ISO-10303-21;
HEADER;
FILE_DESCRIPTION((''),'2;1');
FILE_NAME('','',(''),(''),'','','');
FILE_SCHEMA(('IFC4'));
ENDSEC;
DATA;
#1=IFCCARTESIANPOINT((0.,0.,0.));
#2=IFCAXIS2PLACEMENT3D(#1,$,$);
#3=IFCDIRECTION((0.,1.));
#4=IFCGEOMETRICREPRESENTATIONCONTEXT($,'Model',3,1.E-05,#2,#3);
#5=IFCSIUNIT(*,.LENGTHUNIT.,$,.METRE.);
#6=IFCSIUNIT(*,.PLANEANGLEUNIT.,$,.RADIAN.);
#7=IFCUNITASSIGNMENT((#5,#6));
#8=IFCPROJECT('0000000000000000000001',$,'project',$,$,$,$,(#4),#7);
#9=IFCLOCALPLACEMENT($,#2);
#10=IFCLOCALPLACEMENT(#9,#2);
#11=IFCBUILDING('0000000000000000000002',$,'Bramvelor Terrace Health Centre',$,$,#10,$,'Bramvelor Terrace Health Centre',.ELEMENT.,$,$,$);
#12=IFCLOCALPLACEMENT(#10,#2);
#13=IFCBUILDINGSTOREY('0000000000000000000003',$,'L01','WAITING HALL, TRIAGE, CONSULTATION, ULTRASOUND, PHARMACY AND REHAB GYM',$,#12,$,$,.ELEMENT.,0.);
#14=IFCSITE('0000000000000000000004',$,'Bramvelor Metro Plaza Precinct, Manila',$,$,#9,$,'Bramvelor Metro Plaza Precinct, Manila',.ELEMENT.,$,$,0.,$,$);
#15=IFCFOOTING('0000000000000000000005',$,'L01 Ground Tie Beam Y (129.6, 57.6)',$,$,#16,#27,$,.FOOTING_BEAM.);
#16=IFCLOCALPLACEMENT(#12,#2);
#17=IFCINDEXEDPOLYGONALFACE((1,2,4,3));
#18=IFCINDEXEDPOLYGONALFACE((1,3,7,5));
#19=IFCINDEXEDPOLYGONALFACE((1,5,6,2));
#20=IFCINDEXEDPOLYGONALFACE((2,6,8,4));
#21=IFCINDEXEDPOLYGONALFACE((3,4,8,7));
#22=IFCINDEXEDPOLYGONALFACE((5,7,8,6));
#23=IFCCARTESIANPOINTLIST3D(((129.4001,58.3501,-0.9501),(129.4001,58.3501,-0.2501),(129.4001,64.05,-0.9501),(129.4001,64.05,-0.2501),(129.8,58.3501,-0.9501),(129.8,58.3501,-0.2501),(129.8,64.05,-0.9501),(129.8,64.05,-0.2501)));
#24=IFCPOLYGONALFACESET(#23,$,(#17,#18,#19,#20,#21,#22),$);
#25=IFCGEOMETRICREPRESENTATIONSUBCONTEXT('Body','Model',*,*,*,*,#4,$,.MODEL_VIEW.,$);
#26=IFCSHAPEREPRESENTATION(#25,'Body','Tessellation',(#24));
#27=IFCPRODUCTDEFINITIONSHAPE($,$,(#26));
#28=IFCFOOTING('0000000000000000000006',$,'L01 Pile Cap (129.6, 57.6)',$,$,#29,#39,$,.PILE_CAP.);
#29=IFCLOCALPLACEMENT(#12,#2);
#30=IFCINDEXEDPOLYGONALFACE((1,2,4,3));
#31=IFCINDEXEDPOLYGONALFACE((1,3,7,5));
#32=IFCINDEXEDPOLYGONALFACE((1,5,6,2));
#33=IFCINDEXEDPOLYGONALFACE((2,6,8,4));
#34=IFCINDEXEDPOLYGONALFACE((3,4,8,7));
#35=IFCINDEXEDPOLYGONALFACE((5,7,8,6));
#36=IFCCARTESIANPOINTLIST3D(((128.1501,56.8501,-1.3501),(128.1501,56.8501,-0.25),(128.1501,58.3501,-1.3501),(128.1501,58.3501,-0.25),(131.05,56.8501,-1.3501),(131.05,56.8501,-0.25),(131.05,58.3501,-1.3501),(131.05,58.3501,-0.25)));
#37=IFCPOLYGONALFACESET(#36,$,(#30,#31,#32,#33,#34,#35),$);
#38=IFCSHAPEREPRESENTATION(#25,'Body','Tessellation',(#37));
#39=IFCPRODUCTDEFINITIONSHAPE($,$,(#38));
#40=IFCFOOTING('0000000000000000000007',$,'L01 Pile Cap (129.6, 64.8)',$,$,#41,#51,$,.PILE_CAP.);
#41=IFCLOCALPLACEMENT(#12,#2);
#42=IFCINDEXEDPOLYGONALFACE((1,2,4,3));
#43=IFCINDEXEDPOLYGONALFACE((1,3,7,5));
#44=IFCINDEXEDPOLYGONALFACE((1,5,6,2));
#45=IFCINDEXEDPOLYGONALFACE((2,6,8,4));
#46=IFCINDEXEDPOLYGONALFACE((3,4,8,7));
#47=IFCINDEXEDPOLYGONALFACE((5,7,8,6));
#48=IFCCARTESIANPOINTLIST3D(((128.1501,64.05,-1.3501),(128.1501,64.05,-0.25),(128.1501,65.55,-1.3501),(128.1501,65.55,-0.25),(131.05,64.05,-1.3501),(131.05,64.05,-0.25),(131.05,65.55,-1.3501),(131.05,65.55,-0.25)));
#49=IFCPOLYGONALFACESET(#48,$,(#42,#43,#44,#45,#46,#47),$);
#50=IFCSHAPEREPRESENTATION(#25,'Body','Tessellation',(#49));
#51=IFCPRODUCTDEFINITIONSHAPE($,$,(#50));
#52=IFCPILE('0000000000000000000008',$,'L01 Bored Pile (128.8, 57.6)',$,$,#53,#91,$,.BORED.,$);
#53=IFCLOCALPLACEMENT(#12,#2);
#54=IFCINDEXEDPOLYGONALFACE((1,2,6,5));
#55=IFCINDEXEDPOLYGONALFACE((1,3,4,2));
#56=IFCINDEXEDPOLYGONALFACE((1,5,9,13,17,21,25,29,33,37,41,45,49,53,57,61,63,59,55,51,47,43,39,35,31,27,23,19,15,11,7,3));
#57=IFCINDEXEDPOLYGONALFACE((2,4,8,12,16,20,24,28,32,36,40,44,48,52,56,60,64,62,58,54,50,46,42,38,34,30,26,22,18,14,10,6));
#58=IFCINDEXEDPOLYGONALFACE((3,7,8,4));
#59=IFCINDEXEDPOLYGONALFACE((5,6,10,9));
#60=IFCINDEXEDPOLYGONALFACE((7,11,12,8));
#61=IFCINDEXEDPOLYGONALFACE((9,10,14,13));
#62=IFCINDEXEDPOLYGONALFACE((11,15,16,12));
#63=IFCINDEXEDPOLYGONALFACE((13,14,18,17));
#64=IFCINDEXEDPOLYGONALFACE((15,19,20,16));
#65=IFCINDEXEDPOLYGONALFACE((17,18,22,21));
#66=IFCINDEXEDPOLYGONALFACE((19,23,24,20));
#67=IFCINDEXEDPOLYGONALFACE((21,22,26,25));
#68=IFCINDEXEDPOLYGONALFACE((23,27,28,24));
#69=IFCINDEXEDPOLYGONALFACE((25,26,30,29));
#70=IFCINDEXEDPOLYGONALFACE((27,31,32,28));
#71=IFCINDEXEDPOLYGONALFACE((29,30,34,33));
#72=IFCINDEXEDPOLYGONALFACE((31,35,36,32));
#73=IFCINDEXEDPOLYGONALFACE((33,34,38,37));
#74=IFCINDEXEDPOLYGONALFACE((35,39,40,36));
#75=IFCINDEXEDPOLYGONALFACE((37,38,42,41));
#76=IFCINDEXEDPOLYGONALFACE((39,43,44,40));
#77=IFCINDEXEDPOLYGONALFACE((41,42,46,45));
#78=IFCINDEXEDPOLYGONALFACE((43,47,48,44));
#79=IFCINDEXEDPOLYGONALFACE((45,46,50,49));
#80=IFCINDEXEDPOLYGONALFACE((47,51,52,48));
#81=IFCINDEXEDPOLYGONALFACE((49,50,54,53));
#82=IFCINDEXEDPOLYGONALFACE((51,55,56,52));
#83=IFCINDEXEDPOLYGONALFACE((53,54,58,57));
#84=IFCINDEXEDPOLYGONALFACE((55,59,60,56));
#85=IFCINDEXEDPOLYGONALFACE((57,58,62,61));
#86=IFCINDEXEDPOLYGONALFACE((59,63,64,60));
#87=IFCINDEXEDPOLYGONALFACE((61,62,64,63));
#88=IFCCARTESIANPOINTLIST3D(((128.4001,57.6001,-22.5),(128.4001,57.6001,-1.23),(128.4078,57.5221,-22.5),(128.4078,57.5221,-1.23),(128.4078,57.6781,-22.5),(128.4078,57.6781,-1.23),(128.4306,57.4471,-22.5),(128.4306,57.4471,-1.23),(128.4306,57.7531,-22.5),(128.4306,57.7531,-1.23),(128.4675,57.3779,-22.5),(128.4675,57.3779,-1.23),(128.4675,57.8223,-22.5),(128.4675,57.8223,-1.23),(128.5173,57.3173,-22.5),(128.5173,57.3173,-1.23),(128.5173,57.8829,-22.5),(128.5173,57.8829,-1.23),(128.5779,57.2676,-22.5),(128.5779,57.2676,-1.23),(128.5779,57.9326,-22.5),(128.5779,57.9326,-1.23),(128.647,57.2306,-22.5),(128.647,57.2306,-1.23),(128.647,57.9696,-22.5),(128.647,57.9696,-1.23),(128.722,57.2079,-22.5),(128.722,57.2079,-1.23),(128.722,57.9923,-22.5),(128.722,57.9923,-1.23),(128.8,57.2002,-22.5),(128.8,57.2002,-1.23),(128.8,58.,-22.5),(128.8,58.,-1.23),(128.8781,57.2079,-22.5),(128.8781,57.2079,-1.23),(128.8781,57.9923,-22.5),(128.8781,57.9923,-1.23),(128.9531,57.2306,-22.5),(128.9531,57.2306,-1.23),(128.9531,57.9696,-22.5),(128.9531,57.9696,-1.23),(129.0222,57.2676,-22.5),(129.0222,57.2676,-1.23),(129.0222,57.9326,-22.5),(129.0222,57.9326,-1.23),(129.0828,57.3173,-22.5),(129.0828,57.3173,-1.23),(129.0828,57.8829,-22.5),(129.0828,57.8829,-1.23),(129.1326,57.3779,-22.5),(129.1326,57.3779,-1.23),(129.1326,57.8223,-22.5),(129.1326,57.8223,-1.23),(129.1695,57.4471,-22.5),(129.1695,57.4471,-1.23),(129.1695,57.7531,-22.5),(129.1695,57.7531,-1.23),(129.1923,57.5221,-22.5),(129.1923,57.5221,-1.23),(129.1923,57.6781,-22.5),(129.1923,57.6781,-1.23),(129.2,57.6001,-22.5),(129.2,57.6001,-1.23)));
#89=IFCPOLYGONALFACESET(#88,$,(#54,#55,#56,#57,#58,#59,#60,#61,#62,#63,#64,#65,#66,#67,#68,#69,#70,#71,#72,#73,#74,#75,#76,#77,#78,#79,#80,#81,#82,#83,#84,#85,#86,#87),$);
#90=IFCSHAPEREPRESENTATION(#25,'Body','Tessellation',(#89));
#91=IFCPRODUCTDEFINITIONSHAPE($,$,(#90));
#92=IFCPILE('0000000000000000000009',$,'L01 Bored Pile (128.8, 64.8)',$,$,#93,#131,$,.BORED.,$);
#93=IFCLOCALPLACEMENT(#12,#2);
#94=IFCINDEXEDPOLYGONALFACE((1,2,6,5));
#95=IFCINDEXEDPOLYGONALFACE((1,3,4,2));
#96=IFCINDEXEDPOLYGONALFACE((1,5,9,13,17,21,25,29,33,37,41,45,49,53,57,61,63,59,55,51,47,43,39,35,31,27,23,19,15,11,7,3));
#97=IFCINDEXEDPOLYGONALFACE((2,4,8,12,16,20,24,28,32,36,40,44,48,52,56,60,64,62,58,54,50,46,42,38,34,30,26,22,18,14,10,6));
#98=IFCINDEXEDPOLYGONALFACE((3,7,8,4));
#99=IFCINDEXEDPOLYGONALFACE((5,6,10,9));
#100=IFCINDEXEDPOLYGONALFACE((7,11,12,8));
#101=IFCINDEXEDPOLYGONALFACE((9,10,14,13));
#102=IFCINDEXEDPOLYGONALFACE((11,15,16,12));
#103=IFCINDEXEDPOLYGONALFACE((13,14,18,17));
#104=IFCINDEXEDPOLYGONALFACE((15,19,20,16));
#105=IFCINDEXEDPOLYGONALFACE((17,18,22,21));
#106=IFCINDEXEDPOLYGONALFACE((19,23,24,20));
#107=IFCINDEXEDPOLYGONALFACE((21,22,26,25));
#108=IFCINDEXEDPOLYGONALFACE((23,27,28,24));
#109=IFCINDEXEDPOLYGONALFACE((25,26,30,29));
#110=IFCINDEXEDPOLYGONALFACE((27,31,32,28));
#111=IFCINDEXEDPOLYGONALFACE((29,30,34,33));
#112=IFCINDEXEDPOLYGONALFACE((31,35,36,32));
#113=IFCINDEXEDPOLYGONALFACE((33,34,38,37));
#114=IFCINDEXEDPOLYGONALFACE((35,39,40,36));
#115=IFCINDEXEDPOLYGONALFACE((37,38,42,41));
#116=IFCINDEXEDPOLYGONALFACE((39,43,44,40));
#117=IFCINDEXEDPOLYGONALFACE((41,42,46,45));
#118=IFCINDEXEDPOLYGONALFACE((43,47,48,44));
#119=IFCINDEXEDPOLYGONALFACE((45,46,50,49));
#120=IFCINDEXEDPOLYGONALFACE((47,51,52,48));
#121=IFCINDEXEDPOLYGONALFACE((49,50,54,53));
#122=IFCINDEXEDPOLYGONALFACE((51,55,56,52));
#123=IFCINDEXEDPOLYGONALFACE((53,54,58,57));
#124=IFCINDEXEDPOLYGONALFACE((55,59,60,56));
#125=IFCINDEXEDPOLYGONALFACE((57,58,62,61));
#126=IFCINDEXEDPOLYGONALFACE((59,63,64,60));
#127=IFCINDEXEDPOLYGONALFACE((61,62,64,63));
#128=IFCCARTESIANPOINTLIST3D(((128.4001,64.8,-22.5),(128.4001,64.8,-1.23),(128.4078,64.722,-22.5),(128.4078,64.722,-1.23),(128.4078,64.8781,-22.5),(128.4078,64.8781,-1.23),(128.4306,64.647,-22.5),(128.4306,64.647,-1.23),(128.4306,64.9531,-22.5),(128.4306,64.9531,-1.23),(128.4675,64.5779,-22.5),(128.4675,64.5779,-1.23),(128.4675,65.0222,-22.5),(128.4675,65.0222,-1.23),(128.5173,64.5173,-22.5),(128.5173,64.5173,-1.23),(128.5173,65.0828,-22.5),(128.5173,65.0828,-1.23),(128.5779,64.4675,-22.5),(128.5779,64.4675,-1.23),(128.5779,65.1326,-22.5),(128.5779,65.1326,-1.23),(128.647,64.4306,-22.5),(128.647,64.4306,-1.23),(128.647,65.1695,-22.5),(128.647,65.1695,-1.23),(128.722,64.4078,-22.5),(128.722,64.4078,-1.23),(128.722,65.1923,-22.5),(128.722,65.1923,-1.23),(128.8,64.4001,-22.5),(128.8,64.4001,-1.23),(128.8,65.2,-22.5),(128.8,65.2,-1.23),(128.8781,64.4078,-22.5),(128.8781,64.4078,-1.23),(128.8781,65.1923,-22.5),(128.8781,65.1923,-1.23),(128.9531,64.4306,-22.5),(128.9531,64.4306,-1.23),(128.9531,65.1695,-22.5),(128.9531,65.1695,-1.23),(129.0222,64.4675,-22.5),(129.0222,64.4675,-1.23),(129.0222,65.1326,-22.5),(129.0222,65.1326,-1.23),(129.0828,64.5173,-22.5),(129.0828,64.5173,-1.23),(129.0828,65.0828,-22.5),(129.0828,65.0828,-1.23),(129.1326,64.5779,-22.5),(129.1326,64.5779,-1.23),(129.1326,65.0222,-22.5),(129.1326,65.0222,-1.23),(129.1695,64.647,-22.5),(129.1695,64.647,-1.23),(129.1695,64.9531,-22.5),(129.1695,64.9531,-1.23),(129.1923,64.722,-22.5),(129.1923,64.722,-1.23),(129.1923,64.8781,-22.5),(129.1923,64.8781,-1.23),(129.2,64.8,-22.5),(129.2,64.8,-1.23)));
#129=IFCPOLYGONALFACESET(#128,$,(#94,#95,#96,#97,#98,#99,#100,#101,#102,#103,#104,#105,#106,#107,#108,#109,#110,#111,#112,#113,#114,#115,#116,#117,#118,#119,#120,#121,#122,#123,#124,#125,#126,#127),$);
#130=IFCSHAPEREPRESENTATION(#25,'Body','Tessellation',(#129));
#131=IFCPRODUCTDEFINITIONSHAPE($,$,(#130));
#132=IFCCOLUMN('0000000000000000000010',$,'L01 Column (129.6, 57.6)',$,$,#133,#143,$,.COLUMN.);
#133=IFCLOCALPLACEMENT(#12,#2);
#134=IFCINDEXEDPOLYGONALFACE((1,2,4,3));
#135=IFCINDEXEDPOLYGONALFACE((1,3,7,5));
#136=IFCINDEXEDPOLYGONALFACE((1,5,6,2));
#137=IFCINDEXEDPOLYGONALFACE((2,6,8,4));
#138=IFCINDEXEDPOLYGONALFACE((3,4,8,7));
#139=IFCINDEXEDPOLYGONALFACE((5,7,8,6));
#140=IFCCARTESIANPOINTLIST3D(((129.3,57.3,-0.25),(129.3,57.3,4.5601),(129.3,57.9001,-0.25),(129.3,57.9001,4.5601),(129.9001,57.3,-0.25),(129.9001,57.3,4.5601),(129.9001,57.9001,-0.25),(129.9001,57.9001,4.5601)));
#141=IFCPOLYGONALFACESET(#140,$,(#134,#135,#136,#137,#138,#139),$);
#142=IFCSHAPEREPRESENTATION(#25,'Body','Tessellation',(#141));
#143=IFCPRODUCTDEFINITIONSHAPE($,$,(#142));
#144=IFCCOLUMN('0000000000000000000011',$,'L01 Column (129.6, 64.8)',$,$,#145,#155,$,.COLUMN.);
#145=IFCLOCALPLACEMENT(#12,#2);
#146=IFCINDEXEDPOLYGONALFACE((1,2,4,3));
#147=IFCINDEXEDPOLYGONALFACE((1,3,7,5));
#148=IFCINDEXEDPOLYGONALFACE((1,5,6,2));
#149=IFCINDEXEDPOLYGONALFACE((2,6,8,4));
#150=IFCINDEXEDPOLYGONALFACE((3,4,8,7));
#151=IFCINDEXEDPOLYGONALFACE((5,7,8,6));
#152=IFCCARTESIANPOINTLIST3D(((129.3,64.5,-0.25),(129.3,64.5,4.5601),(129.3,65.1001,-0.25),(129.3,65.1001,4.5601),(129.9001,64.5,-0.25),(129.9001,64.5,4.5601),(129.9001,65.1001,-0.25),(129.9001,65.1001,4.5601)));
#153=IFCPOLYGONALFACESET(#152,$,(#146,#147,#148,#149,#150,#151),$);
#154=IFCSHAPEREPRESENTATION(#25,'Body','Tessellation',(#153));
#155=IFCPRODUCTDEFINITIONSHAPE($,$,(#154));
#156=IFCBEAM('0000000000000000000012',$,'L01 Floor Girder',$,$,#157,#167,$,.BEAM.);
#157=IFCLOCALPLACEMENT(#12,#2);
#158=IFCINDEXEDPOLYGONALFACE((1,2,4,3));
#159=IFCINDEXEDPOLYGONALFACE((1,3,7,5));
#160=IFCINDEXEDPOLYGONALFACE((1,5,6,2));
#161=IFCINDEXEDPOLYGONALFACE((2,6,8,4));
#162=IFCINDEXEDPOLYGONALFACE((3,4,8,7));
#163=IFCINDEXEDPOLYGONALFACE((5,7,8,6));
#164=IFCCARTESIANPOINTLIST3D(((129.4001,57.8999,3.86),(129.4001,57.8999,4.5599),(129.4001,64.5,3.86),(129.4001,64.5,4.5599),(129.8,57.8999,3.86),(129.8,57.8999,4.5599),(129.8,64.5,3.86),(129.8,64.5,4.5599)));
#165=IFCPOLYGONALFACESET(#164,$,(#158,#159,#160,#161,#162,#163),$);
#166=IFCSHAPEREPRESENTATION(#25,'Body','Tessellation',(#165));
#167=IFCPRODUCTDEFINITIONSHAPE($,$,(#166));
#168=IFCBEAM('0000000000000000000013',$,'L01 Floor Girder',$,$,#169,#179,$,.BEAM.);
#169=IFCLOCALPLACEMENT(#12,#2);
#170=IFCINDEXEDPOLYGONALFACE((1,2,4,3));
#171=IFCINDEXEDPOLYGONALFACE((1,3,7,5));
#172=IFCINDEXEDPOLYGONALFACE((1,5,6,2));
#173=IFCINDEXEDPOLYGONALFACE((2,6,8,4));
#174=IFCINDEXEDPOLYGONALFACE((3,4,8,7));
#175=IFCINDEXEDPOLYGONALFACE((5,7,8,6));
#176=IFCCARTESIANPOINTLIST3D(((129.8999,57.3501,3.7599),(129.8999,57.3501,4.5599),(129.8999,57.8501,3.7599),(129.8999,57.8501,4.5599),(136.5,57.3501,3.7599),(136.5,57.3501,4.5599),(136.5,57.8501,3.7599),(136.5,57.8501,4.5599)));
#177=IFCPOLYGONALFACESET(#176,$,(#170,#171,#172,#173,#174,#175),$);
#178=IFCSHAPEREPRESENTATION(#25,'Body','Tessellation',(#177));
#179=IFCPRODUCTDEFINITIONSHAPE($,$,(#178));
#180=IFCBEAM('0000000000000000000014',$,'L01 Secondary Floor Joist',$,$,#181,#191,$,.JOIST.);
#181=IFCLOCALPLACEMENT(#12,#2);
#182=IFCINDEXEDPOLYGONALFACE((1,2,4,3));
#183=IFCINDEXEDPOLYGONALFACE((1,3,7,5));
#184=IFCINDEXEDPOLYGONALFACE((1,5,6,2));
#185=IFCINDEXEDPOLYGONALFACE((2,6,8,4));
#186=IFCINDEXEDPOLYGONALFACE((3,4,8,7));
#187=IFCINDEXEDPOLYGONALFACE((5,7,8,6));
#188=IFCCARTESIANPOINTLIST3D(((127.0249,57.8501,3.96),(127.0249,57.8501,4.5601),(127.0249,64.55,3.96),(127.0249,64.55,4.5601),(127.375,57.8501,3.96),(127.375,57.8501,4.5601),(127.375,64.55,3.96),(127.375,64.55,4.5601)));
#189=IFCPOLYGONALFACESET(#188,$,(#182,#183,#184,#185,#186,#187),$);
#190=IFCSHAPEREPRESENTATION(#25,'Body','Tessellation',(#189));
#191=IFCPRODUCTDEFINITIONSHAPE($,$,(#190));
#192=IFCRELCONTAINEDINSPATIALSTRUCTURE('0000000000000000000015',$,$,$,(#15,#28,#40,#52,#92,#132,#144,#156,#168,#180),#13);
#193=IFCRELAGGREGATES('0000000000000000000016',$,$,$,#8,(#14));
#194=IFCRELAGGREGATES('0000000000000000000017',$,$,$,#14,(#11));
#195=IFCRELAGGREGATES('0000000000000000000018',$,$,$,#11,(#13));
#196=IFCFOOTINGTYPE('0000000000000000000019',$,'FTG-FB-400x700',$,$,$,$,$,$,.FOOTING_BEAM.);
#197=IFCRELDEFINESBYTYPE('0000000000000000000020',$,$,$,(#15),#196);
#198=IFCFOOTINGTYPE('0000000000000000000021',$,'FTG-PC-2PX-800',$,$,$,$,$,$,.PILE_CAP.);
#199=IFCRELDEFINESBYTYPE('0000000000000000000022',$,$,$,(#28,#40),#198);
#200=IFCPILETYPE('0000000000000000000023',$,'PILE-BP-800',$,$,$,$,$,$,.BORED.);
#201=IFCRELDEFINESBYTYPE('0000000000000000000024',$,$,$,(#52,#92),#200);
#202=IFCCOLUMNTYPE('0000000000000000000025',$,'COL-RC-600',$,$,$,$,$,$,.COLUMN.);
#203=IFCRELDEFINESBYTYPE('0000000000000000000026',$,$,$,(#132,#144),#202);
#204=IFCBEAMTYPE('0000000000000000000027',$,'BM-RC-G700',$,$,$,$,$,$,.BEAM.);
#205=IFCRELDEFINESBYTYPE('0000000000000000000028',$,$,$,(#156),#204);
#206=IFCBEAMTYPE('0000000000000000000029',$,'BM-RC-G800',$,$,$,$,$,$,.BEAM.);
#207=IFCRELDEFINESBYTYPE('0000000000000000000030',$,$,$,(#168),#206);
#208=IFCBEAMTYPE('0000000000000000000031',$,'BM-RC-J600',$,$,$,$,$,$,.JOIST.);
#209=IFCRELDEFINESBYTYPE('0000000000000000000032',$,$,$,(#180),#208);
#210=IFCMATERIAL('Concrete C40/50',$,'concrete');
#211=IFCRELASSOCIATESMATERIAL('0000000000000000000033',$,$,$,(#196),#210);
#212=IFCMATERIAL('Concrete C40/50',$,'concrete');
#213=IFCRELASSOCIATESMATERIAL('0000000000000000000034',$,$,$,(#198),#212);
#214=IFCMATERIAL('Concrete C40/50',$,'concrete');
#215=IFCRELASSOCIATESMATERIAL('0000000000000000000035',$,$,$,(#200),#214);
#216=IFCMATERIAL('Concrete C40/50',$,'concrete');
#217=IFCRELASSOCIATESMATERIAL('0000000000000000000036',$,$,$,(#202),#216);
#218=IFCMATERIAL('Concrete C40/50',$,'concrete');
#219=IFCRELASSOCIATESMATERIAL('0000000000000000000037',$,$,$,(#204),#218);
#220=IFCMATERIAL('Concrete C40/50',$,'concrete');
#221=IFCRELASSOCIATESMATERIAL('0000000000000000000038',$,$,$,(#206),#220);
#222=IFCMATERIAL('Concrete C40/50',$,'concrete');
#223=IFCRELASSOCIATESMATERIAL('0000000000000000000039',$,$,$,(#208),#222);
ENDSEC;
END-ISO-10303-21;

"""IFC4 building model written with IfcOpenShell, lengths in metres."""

from ifc_helpers import new_model, si_unit, direction, frame, origin, origin_2d, place, context, subcontext, project, spatial, rectangle, circle, extrude, material, material_profile, profile_set, type_object, element, save


model = new_model("IFC4")

# Units and contexts
model_context = context("Model", 3, precision=1e-05, world=origin(), true_north=direction((0.0, 1.0)))
body_context = subcontext(model_context, "Body", "Model", "MODEL_VIEW")
ifc_project = project(units=[si_unit("LENGTHUNIT", "METRE"), si_unit("PLANEANGLEUNIT", "RADIAN")], contexts=[model_context])

# Site, building, storey
site_placement = place(None, origin())
site = spatial("IfcSite", under=ifc_project, at=site_placement, Name="Bramvelor Metro Plaza Precinct, Manila", LongName="Bramvelor Metro Plaza Precinct, Manila", CompositionType="ELEMENT", RefElevation=0.0)
building_placement = place(site_placement, origin())
building = spatial("IfcBuilding", under=site, at=building_placement, Name="Bramvelor Terrace Health Centre", LongName="Bramvelor Terrace Health Centre", CompositionType="ELEMENT")
storey_placement = place(building_placement, origin())
storey = spatial("IfcBuildingStorey", under=building, at=storey_placement, Name="L01", Description="WAITING HALL, TRIAGE, CONSULTATION, ULTRASOUND, PHARMACY AND REHAB GYM", CompositionType="ELEMENT", Elevation=0.0)

# Footings
ifc_material_1 = material(Name="Concrete C40/50", Category="concrete")
ifc_material_profile_1 = material_profile(ifc_material_1, rectangle(XDim=0.3999, YDim=0.7, at=origin_2d()), Name="RC 400x700")
ifc_profile_set_1 = profile_set([ifc_material_profile_1], Name="Concrete C40/50")
footing_type_1 = type_object("IfcFootingType", Name="FTG-FB-400x700", PredefinedType="FOOTING_BEAM", material=ifc_profile_set_1)
footing_placement = place(storey_placement, frame((129.6001, 58.3501, -0.6001), z_axis=(0.0, 1.0, 0.0), x_axis=(-1.0, 0.0, 0.0)))
element("IfcFooting", 1, at=footing_placement, inside=storey, type_object=footing_type_1, Name="L01 Ground Tie Beam Y (129.6, 57.6)", PredefinedType="FOOTING_BEAM", context=body_context, shape_type="SweptSolid", body=[
    extrude(rectangle(XDim=0.3999, YDim=0.7, at=origin_2d()), origin(), (0.0, 0.0, 1.0), 5.7),
])
ifc_material_2 = material(Name="Concrete C40/50", Category="concrete")
footing_type_2 = type_object("IfcFootingType", Name="FTG-PC-2PX-800", PredefinedType="PILE_CAP", material=ifc_material_2)
for number, where, z_axis, x_axis, name in (
    (2, (129.6001, 57.6001, -1.3501), (0.0, 0.0, 1.0), (1.0, 0.0, 0.0), "L01 Pile Cap (129.6, 57.6)"),
    (3, (129.6001, 64.8, -1.3501), (0.0, 0.0, 1.0), (1.0, 0.0, 0.0), "L01 Pile Cap (129.6, 64.8)"),
):
    element("IfcFooting", number, at=place(storey_placement, frame(where, z_axis=z_axis, x_axis=x_axis)), inside=storey, type_object=footing_type_2, Name=name, PredefinedType="PILE_CAP", context=body_context, shape_type="SweptSolid", body=[
        extrude(rectangle(XDim=2.8999, YDim=1.5, at=origin_2d()), origin(), (0.0, 0.0, 1.0), 1.1001),
    ])

# Piles
ifc_material_3 = material(Name="Concrete C40/50", Category="concrete")
ifc_material_profile_2 = material_profile(ifc_material_3, circle(Radius=0.3999, at=origin_2d()), Name="BP D800")
ifc_profile_set_2 = profile_set([ifc_material_profile_2], Name="Concrete C40/50")
pile_type = type_object("IfcPileType", Name="PILE-BP-800", PredefinedType="BORED", material=ifc_profile_set_2)
for number, where, z_axis, x_axis, name in (
    (4, (128.8, 57.6001, -1.23), (0.0, 0.0, -1.0), (1.0, 0.0, 0.0), "L01 Bored Pile (128.8, 57.6)"),
    (5, (128.8, 64.8, -1.23), (0.0, 0.0, -1.0), (1.0, 0.0, 0.0), "L01 Bored Pile (128.8, 64.8)"),
):
    element("IfcPile", number, at=place(storey_placement, frame(where, z_axis=z_axis, x_axis=x_axis)), inside=storey, type_object=pile_type, Name=name, PredefinedType="BORED", context=body_context, shape_type="SweptSolid", body=[
        extrude(circle(Radius=0.3999, at=origin_2d()), origin(), (0.0, 0.0, 1.0), 21.27),
    ])

# Columns
ifc_material_4 = material(Name="Concrete C40/50", Category="concrete")
ifc_material_profile_3 = material_profile(ifc_material_4, rectangle(XDim=0.6001, YDim=0.6001, at=origin_2d()), Name="RC 600x600")
ifc_profile_set_3 = profile_set([ifc_material_profile_3], Name="Concrete C40/50")
column_type = type_object("IfcColumnType", Name="COL-RC-600", PredefinedType="COLUMN", material=ifc_profile_set_3)
for number, where, z_axis, x_axis, name in (
    (6, (129.6001, 57.6001, -0.25), (0.0, 0.0, 1.0), (1.0, 0.0, 0.0), "L01 Column (129.6, 57.6)"),
    (7, (129.6001, 64.8, -0.25), (0.0, 0.0, 1.0), (1.0, 0.0, 0.0), "L01 Column (129.6, 64.8)"),
):
    element("IfcColumn", number, at=place(storey_placement, frame(where, z_axis=z_axis, x_axis=x_axis)), inside=storey, type_object=column_type, Name=name, PredefinedType="COLUMN", context=body_context, shape_type="SweptSolid", body=[
        extrude(rectangle(XDim=0.6001, YDim=0.6001, at=origin_2d()), origin(), (0.0, 0.0, 1.0), 4.8101),
    ])

# Beams
ifc_material_5 = material(Name="Concrete C40/50", Category="concrete")
ifc_material_profile_4 = material_profile(ifc_material_5, rectangle(XDim=0.3999, YDim=0.7, at=origin_2d()), Name="RC 400x700")
ifc_profile_set_4 = profile_set([ifc_material_profile_4], Name="Concrete C40/50")
beam_type_1 = type_object("IfcBeamType", Name="BM-RC-G700", PredefinedType="BEAM", material=ifc_profile_set_4)
beam_1_placement = place(storey_placement, frame((129.6001, 57.8999, 4.21), z_axis=(0.0, 1.0, 0.0), x_axis=(-1.0, 0.0, 0.0)))
element("IfcBeam", 8, at=beam_1_placement, inside=storey, type_object=beam_type_1, Name="L01 Floor Girder", PredefinedType="BEAM", context=body_context, shape_type="SweptSolid", body=[
    extrude(rectangle(XDim=0.3999, YDim=0.7, at=origin_2d()), origin(), (0.0, 0.0, 1.0), 6.6001),
])
ifc_material_6 = material(Name="Concrete C40/50", Category="concrete")
ifc_material_profile_5 = material_profile(ifc_material_6, rectangle(XDim=0.5, YDim=0.8, at=origin_2d()), Name="RC 500x800")
ifc_profile_set_5 = profile_set([ifc_material_profile_5], Name="Concrete C40/50")
beam_type_2 = type_object("IfcBeamType", Name="BM-RC-G800", PredefinedType="BEAM", material=ifc_profile_set_5)
beam_2_placement = place(storey_placement, frame((129.8999, 57.6001, 4.1599), z_axis=(1.0, 0.0, 0.0), x_axis=(0.0, 1.0, 0.0)))
element("IfcBeam", 9, at=beam_2_placement, inside=storey, type_object=beam_type_2, Name="L01 Floor Girder", PredefinedType="BEAM", context=body_context, shape_type="SweptSolid", body=[
    extrude(rectangle(XDim=0.5, YDim=0.8, at=origin_2d()), origin(), (0.0, 0.0, 1.0), 6.6001),
])
ifc_material_7 = material(Name="Concrete C40/50", Category="concrete")
ifc_material_profile_6 = material_profile(ifc_material_7, rectangle(XDim=0.3501, YDim=0.6001, at=origin_2d()), Name="RC 350x600")
ifc_profile_set_6 = profile_set([ifc_material_profile_6], Name="Concrete C40/50")
beam_type_3 = type_object("IfcBeamType", Name="BM-RC-J600", PredefinedType="JOIST", material=ifc_profile_set_6)
beam_3_placement = place(storey_placement, frame((127.2, 57.8501, 4.26), z_axis=(0.0, 1.0, 0.0), x_axis=(-1.0, 0.0, 0.0)))
element("IfcBeam", 10, at=beam_3_placement, inside=storey, type_object=beam_type_3, Name="L01 Secondary Floor Joist", PredefinedType="JOIST", context=body_context, shape_type="SweptSolid", body=[
    extrude(rectangle(XDim=0.3501, YDim=0.6001, at=origin_2d()), origin(), (0.0, 0.0, 1.0), 6.7),
])

save(model, "model.ifc")
